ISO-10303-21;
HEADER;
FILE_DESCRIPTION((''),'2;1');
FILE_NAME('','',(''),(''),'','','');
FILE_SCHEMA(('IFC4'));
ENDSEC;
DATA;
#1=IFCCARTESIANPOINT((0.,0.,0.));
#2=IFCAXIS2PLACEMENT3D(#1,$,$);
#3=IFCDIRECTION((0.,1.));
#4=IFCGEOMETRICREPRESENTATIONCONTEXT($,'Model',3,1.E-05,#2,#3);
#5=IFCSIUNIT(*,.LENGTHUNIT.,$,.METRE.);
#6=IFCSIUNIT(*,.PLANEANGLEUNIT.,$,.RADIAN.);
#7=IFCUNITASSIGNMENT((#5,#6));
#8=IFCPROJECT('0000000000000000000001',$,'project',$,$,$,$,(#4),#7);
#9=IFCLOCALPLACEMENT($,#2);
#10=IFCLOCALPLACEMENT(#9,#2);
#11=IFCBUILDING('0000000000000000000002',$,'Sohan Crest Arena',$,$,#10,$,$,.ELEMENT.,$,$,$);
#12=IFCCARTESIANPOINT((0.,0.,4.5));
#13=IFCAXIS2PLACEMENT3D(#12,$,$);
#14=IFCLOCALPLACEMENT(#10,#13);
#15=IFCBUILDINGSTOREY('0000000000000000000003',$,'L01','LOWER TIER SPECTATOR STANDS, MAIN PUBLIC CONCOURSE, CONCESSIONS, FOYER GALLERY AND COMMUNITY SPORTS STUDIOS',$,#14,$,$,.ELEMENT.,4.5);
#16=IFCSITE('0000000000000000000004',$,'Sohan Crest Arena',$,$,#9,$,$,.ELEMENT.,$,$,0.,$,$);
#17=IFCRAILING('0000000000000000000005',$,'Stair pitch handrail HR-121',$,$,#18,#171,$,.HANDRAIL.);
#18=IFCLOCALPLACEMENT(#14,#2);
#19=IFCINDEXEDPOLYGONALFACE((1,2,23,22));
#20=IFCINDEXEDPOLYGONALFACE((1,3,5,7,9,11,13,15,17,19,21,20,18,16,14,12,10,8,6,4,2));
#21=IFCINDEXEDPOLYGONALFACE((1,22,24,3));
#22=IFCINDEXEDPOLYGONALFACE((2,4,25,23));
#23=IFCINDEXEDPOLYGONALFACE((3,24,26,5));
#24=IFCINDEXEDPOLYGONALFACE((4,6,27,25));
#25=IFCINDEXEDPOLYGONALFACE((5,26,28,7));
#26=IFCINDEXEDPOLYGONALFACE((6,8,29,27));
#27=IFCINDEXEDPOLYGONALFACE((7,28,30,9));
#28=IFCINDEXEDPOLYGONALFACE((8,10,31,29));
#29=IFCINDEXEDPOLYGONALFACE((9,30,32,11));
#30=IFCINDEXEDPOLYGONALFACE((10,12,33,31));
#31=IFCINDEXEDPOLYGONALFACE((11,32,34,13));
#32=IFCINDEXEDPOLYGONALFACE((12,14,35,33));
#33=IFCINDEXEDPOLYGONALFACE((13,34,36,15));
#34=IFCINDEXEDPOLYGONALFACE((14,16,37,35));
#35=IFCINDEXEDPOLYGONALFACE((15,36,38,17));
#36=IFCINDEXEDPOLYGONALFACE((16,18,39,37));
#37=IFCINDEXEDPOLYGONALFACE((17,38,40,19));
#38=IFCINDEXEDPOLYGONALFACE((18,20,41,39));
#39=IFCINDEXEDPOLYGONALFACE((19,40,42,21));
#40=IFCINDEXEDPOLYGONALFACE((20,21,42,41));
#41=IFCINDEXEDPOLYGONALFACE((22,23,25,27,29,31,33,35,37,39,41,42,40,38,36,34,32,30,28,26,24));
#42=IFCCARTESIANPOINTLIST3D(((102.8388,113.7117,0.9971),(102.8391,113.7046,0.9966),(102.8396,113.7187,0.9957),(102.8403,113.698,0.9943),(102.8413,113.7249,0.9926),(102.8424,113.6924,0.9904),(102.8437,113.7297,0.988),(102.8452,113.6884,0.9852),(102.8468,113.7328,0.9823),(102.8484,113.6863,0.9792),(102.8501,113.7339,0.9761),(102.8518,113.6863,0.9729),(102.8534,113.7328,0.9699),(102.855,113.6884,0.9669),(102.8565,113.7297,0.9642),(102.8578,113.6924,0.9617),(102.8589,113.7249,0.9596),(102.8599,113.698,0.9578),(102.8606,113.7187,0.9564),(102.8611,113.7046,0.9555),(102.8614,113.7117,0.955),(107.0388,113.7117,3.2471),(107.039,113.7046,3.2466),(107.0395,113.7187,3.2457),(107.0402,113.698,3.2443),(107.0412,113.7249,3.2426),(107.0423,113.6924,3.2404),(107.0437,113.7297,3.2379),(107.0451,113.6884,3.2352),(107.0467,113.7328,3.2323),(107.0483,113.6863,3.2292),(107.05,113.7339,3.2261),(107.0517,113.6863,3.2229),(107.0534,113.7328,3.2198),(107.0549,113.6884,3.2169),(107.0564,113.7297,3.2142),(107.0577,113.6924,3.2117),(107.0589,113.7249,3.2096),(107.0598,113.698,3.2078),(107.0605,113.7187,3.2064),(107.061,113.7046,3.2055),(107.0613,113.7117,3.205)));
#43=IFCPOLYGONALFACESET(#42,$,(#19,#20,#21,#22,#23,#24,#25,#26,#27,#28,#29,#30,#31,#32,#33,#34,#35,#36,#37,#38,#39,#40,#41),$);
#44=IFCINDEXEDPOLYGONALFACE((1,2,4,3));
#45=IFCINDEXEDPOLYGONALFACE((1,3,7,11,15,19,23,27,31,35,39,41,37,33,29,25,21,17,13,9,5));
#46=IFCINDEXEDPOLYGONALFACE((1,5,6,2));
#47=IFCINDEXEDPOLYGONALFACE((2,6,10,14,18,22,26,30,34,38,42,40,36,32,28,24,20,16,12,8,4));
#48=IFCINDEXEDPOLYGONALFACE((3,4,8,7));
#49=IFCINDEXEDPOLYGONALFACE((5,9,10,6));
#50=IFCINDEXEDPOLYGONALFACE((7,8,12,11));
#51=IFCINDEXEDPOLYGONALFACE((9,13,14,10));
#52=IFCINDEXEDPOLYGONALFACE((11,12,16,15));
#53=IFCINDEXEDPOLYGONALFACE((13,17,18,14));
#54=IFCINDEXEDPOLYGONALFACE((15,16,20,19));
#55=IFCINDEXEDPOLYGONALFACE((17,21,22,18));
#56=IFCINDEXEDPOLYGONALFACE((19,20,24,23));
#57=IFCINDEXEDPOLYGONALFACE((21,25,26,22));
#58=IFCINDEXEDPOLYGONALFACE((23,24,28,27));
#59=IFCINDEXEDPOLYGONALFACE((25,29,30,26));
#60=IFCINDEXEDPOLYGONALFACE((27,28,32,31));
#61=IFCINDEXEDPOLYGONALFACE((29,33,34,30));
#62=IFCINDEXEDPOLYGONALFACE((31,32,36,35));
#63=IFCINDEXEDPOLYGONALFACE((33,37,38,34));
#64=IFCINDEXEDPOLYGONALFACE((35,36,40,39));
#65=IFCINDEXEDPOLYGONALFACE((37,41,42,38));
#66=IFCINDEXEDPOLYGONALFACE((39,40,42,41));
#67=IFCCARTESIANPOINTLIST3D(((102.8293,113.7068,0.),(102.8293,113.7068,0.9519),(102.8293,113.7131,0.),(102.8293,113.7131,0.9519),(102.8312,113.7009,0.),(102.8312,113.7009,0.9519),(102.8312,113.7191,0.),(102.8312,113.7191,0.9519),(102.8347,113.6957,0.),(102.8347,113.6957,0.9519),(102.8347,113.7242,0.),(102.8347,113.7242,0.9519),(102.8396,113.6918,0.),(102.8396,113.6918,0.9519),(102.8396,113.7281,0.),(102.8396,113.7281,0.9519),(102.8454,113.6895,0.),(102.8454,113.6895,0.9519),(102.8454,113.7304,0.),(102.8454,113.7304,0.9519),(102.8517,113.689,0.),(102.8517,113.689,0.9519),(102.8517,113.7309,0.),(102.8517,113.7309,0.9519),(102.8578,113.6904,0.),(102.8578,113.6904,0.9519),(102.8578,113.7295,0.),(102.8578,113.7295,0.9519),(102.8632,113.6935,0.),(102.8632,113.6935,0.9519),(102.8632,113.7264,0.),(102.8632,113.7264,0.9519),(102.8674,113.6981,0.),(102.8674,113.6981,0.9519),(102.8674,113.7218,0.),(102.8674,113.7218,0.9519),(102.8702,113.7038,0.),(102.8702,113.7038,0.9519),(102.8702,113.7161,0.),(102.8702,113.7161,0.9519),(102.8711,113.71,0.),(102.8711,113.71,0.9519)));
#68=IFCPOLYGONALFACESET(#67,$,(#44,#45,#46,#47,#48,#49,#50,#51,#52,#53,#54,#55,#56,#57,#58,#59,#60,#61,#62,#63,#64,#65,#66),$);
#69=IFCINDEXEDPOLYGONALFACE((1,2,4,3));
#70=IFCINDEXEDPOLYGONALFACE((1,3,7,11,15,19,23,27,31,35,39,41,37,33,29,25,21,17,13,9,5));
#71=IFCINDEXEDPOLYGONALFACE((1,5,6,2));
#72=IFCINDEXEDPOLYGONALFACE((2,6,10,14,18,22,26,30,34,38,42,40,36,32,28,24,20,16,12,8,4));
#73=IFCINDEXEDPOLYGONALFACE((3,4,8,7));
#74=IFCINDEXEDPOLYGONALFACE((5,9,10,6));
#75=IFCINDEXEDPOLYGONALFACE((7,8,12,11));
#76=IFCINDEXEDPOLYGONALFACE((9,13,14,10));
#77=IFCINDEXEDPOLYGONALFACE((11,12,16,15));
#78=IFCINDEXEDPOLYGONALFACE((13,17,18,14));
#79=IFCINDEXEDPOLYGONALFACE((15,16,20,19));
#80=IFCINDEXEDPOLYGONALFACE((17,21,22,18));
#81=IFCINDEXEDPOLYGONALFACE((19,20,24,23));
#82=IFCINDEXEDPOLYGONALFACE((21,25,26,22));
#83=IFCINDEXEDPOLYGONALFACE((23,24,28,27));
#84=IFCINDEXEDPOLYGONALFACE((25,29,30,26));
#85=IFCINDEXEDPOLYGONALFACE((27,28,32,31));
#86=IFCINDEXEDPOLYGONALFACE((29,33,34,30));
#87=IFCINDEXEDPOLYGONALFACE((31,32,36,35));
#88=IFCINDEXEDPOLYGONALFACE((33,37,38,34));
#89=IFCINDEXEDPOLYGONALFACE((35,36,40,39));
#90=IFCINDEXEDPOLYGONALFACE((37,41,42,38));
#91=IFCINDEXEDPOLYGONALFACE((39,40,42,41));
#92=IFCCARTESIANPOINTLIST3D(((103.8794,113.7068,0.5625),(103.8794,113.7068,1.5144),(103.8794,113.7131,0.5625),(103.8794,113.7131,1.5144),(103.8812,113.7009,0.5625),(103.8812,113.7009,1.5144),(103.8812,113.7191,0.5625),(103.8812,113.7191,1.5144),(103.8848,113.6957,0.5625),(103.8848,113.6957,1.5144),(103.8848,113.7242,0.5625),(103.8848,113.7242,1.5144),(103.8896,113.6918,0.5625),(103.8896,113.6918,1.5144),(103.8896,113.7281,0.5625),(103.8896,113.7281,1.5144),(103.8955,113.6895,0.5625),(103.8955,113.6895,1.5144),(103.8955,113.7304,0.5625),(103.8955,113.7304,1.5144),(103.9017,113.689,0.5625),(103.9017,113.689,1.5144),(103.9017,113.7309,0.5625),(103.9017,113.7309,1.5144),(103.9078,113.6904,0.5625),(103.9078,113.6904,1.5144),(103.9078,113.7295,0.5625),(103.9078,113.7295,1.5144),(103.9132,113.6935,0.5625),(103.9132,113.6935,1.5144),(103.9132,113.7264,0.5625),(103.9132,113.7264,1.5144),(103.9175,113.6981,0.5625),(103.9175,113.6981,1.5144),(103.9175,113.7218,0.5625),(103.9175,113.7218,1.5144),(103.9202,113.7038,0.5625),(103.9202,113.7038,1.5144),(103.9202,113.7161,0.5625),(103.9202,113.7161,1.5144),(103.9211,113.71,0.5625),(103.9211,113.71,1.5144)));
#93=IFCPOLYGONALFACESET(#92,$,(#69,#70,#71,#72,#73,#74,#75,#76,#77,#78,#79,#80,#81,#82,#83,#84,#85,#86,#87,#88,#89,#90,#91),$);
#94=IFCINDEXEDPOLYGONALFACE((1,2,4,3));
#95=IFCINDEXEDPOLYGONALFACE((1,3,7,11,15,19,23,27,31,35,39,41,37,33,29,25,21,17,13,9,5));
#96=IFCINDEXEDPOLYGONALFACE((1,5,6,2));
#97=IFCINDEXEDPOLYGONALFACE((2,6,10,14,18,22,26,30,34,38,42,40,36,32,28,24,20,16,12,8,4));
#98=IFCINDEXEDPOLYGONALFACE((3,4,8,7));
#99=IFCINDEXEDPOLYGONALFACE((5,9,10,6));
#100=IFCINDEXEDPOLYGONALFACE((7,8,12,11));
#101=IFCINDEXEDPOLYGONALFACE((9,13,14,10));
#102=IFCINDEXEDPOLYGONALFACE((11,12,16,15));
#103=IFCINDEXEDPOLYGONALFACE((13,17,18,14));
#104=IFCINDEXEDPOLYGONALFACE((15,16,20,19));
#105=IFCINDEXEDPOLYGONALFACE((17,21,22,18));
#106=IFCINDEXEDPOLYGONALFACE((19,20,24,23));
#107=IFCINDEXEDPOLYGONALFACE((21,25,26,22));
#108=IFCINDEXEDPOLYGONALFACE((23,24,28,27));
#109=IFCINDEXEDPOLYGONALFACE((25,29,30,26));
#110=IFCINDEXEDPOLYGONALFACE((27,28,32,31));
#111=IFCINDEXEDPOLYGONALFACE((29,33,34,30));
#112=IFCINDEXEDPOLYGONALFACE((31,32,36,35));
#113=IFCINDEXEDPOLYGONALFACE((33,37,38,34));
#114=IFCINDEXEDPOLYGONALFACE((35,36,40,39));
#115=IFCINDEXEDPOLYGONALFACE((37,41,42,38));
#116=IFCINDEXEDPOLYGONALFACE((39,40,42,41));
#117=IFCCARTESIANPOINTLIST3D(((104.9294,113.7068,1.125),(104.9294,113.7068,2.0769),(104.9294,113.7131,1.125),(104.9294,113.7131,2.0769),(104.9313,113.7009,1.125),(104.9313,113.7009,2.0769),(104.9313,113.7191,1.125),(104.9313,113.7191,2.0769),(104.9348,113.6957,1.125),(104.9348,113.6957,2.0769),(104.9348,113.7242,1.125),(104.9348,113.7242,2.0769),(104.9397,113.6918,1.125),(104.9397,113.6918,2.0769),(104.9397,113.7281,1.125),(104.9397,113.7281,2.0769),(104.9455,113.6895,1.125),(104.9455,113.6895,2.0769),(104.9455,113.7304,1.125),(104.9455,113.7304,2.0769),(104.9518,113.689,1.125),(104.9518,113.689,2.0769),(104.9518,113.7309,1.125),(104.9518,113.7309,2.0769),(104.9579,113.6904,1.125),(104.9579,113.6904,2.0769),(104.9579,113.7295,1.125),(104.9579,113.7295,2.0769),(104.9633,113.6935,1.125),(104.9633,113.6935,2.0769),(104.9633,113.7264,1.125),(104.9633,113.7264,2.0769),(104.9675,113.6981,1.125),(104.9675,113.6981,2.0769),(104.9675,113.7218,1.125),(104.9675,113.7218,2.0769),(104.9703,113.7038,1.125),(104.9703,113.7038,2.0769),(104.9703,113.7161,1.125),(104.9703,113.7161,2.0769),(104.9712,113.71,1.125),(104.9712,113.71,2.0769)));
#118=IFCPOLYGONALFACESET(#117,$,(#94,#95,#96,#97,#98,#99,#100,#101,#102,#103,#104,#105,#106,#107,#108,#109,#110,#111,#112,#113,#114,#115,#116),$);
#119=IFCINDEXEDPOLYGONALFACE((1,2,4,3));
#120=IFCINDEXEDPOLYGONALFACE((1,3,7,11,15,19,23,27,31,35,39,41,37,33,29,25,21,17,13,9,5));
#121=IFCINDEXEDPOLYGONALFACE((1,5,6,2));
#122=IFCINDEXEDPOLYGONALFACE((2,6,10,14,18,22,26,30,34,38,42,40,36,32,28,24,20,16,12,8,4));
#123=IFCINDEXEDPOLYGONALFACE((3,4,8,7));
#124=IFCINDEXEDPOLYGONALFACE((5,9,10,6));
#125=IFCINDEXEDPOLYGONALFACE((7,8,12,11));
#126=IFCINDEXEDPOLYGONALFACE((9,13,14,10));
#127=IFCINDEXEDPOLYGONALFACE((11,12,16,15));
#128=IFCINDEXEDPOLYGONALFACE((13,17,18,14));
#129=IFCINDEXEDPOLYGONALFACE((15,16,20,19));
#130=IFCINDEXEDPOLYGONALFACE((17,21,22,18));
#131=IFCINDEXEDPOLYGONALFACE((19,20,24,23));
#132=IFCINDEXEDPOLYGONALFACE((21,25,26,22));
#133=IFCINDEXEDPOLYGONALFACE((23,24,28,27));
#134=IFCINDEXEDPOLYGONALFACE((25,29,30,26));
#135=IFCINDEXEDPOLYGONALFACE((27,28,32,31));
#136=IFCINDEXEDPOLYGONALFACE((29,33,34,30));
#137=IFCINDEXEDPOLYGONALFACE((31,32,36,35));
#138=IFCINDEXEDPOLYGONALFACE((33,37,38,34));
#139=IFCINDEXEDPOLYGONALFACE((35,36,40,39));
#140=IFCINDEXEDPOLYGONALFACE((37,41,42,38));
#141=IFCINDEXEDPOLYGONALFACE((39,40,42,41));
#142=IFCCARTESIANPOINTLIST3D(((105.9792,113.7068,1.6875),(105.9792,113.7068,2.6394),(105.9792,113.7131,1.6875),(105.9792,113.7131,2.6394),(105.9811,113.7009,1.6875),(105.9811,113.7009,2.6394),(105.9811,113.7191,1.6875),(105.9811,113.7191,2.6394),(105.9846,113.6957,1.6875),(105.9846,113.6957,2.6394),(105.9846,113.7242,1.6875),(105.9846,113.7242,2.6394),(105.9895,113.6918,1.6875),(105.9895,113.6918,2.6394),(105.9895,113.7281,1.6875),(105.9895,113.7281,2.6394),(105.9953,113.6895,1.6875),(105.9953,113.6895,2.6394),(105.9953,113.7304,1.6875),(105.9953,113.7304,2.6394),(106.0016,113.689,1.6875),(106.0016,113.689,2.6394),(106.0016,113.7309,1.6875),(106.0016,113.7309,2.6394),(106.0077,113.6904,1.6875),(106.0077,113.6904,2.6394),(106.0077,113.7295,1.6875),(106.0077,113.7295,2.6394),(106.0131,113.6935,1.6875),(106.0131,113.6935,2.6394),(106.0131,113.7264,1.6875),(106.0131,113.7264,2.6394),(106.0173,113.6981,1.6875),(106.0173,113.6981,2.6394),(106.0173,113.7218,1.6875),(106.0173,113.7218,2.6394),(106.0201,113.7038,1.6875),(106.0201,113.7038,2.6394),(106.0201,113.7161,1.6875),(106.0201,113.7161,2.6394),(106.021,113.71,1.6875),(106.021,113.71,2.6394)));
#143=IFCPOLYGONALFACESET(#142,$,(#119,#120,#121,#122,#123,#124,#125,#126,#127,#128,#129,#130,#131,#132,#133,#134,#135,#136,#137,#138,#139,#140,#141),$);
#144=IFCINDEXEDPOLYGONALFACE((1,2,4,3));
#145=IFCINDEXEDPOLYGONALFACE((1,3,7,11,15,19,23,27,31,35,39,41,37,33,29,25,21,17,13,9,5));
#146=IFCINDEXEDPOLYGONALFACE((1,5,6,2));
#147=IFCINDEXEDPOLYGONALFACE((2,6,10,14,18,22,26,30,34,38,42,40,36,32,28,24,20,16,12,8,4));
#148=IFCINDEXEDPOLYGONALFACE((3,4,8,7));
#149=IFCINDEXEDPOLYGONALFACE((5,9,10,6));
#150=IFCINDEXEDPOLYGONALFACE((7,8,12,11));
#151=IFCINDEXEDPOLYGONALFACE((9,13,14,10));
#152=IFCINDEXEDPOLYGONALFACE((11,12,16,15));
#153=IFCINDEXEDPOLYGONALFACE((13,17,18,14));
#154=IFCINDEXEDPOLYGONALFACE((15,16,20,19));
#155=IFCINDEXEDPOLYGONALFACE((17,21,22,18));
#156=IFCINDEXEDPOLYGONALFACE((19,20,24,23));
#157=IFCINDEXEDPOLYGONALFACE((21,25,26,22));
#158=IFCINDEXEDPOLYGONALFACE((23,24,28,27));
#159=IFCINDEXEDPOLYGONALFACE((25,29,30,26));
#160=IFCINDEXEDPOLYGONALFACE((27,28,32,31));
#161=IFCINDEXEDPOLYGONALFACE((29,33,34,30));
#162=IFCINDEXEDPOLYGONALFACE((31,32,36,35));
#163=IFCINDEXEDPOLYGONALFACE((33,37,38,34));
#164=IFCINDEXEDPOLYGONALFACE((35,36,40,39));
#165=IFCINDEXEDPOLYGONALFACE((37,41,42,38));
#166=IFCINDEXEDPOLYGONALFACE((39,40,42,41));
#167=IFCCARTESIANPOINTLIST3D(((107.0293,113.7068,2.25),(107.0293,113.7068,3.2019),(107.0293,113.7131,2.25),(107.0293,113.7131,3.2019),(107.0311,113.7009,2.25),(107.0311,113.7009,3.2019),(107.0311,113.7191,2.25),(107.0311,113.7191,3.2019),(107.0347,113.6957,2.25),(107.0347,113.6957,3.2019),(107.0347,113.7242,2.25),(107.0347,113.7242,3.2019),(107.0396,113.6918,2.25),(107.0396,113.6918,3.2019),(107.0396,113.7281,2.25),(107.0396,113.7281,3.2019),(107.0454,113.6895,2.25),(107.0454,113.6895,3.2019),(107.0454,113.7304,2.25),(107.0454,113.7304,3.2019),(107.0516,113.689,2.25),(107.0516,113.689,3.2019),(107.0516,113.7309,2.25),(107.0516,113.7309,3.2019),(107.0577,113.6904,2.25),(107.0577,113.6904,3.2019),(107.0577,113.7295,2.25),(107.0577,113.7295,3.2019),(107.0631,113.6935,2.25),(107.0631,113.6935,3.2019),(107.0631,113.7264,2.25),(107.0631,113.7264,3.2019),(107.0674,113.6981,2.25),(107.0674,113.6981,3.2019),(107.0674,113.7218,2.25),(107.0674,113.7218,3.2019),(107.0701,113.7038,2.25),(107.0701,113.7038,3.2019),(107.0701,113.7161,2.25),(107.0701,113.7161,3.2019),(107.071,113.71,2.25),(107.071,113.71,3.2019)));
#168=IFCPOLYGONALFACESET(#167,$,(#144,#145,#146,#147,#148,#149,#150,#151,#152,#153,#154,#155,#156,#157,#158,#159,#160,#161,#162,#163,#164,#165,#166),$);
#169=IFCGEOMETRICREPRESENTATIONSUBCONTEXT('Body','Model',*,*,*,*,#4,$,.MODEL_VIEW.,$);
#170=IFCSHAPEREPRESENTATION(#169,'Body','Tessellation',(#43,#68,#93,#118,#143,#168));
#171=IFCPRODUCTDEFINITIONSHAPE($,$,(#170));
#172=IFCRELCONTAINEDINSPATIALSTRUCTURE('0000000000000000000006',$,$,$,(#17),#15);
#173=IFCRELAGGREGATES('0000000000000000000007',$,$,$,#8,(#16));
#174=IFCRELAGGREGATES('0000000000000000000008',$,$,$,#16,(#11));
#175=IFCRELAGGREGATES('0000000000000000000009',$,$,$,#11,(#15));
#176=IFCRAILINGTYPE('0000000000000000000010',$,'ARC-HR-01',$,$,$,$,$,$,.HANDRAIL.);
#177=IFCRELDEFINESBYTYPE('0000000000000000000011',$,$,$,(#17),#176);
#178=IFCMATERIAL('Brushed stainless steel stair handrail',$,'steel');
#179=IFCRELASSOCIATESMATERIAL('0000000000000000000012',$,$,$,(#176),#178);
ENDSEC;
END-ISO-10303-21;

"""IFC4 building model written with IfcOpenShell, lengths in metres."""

from ifc_helpers import new_model, si_unit, direction, frame, origin, origin_2d, place, context, subcontext, project, spatial, circle, extrude, material, type_object, element, save


model = new_model("IFC4")

# Units and contexts
model_context = context("Model", 3, precision=1e-05, world=origin(), true_north=direction((0.0, 1.0)))
body_context = subcontext(model_context, "Body", "Model", "MODEL_VIEW")
ifc_project = project(units=[si_unit("LENGTHUNIT", "METRE"), si_unit("PLANEANGLEUNIT", "RADIAN")], contexts=[model_context])

# Site, building, storey
site_placement = place(None, origin())
site = spatial("IfcSite", under=ifc_project, at=site_placement, Name="Sohan Crest Arena", CompositionType="ELEMENT", RefElevation=0.0)
building_placement = place(site_placement, origin())
building = spatial("IfcBuilding", under=site, at=building_placement, Name="Sohan Crest Arena", CompositionType="ELEMENT")
storey_placement = place(building_placement, frame((0.0, 0.0, 4.5)))
storey = spatial("IfcBuildingStorey", under=building, at=storey_placement, Name="L01", Description="LOWER TIER SPECTATOR STANDS, MAIN PUBLIC CONCOURSE, CONCESSIONS, FOYER GALLERY AND COMMUNITY SPORTS STUDIOS", CompositionType="ELEMENT", Elevation=4.5)

# Railing
ifc_material_1 = material(Name="Brushed stainless steel stair handrail", Category="steel")
railing_type_1 = type_object("IfcRailingType", Name="ARC-HR-01", PredefinedType="HANDRAIL", material=ifc_material_1)
railing_1_placement = place(storey_placement, frame((102.8501, 113.71, 0.0)))
element("IfcRailing", 1, at=railing_1_placement, inside=storey, type_object=railing_type_1, Name="Stair pitch handrail HR-121", PredefinedType="HANDRAIL", context=body_context, shape_type="SweptSolid", body=[
    extrude(circle(Radius=0.0239, at=origin_2d()), frame((0.0, 0.0, 0.9761), z_axis=(0.881478, 0.0, 0.472226), x_axis=(0.0, 1.0, 0.0)), (0.0, 0.0, 1.0), 4.7646),
    extrude(circle(Radius=0.021, at=origin_2d()), origin(), (0.0, 0.0, 1.0), 0.9519),
    extrude(circle(Radius=0.021, at=origin_2d()), frame((1.05, 0.0, 0.5625)), (0.0, 0.0, 1.0), 0.9519),
    extrude(circle(Radius=0.021, at=origin_2d()), frame((2.1001, 0.0, 1.125)), (0.0, 0.0, 1.0), 0.9519),
    extrude(circle(Radius=0.021, at=origin_2d()), frame((3.1499, 0.0, 1.6875)), (0.0, 0.0, 1.0), 0.9519),
    extrude(circle(Radius=0.021, at=origin_2d()), frame((4.2, 0.0, 2.25)), (0.0, 0.0, 1.0), 0.9519),
])

save(model, "model.ifc")
